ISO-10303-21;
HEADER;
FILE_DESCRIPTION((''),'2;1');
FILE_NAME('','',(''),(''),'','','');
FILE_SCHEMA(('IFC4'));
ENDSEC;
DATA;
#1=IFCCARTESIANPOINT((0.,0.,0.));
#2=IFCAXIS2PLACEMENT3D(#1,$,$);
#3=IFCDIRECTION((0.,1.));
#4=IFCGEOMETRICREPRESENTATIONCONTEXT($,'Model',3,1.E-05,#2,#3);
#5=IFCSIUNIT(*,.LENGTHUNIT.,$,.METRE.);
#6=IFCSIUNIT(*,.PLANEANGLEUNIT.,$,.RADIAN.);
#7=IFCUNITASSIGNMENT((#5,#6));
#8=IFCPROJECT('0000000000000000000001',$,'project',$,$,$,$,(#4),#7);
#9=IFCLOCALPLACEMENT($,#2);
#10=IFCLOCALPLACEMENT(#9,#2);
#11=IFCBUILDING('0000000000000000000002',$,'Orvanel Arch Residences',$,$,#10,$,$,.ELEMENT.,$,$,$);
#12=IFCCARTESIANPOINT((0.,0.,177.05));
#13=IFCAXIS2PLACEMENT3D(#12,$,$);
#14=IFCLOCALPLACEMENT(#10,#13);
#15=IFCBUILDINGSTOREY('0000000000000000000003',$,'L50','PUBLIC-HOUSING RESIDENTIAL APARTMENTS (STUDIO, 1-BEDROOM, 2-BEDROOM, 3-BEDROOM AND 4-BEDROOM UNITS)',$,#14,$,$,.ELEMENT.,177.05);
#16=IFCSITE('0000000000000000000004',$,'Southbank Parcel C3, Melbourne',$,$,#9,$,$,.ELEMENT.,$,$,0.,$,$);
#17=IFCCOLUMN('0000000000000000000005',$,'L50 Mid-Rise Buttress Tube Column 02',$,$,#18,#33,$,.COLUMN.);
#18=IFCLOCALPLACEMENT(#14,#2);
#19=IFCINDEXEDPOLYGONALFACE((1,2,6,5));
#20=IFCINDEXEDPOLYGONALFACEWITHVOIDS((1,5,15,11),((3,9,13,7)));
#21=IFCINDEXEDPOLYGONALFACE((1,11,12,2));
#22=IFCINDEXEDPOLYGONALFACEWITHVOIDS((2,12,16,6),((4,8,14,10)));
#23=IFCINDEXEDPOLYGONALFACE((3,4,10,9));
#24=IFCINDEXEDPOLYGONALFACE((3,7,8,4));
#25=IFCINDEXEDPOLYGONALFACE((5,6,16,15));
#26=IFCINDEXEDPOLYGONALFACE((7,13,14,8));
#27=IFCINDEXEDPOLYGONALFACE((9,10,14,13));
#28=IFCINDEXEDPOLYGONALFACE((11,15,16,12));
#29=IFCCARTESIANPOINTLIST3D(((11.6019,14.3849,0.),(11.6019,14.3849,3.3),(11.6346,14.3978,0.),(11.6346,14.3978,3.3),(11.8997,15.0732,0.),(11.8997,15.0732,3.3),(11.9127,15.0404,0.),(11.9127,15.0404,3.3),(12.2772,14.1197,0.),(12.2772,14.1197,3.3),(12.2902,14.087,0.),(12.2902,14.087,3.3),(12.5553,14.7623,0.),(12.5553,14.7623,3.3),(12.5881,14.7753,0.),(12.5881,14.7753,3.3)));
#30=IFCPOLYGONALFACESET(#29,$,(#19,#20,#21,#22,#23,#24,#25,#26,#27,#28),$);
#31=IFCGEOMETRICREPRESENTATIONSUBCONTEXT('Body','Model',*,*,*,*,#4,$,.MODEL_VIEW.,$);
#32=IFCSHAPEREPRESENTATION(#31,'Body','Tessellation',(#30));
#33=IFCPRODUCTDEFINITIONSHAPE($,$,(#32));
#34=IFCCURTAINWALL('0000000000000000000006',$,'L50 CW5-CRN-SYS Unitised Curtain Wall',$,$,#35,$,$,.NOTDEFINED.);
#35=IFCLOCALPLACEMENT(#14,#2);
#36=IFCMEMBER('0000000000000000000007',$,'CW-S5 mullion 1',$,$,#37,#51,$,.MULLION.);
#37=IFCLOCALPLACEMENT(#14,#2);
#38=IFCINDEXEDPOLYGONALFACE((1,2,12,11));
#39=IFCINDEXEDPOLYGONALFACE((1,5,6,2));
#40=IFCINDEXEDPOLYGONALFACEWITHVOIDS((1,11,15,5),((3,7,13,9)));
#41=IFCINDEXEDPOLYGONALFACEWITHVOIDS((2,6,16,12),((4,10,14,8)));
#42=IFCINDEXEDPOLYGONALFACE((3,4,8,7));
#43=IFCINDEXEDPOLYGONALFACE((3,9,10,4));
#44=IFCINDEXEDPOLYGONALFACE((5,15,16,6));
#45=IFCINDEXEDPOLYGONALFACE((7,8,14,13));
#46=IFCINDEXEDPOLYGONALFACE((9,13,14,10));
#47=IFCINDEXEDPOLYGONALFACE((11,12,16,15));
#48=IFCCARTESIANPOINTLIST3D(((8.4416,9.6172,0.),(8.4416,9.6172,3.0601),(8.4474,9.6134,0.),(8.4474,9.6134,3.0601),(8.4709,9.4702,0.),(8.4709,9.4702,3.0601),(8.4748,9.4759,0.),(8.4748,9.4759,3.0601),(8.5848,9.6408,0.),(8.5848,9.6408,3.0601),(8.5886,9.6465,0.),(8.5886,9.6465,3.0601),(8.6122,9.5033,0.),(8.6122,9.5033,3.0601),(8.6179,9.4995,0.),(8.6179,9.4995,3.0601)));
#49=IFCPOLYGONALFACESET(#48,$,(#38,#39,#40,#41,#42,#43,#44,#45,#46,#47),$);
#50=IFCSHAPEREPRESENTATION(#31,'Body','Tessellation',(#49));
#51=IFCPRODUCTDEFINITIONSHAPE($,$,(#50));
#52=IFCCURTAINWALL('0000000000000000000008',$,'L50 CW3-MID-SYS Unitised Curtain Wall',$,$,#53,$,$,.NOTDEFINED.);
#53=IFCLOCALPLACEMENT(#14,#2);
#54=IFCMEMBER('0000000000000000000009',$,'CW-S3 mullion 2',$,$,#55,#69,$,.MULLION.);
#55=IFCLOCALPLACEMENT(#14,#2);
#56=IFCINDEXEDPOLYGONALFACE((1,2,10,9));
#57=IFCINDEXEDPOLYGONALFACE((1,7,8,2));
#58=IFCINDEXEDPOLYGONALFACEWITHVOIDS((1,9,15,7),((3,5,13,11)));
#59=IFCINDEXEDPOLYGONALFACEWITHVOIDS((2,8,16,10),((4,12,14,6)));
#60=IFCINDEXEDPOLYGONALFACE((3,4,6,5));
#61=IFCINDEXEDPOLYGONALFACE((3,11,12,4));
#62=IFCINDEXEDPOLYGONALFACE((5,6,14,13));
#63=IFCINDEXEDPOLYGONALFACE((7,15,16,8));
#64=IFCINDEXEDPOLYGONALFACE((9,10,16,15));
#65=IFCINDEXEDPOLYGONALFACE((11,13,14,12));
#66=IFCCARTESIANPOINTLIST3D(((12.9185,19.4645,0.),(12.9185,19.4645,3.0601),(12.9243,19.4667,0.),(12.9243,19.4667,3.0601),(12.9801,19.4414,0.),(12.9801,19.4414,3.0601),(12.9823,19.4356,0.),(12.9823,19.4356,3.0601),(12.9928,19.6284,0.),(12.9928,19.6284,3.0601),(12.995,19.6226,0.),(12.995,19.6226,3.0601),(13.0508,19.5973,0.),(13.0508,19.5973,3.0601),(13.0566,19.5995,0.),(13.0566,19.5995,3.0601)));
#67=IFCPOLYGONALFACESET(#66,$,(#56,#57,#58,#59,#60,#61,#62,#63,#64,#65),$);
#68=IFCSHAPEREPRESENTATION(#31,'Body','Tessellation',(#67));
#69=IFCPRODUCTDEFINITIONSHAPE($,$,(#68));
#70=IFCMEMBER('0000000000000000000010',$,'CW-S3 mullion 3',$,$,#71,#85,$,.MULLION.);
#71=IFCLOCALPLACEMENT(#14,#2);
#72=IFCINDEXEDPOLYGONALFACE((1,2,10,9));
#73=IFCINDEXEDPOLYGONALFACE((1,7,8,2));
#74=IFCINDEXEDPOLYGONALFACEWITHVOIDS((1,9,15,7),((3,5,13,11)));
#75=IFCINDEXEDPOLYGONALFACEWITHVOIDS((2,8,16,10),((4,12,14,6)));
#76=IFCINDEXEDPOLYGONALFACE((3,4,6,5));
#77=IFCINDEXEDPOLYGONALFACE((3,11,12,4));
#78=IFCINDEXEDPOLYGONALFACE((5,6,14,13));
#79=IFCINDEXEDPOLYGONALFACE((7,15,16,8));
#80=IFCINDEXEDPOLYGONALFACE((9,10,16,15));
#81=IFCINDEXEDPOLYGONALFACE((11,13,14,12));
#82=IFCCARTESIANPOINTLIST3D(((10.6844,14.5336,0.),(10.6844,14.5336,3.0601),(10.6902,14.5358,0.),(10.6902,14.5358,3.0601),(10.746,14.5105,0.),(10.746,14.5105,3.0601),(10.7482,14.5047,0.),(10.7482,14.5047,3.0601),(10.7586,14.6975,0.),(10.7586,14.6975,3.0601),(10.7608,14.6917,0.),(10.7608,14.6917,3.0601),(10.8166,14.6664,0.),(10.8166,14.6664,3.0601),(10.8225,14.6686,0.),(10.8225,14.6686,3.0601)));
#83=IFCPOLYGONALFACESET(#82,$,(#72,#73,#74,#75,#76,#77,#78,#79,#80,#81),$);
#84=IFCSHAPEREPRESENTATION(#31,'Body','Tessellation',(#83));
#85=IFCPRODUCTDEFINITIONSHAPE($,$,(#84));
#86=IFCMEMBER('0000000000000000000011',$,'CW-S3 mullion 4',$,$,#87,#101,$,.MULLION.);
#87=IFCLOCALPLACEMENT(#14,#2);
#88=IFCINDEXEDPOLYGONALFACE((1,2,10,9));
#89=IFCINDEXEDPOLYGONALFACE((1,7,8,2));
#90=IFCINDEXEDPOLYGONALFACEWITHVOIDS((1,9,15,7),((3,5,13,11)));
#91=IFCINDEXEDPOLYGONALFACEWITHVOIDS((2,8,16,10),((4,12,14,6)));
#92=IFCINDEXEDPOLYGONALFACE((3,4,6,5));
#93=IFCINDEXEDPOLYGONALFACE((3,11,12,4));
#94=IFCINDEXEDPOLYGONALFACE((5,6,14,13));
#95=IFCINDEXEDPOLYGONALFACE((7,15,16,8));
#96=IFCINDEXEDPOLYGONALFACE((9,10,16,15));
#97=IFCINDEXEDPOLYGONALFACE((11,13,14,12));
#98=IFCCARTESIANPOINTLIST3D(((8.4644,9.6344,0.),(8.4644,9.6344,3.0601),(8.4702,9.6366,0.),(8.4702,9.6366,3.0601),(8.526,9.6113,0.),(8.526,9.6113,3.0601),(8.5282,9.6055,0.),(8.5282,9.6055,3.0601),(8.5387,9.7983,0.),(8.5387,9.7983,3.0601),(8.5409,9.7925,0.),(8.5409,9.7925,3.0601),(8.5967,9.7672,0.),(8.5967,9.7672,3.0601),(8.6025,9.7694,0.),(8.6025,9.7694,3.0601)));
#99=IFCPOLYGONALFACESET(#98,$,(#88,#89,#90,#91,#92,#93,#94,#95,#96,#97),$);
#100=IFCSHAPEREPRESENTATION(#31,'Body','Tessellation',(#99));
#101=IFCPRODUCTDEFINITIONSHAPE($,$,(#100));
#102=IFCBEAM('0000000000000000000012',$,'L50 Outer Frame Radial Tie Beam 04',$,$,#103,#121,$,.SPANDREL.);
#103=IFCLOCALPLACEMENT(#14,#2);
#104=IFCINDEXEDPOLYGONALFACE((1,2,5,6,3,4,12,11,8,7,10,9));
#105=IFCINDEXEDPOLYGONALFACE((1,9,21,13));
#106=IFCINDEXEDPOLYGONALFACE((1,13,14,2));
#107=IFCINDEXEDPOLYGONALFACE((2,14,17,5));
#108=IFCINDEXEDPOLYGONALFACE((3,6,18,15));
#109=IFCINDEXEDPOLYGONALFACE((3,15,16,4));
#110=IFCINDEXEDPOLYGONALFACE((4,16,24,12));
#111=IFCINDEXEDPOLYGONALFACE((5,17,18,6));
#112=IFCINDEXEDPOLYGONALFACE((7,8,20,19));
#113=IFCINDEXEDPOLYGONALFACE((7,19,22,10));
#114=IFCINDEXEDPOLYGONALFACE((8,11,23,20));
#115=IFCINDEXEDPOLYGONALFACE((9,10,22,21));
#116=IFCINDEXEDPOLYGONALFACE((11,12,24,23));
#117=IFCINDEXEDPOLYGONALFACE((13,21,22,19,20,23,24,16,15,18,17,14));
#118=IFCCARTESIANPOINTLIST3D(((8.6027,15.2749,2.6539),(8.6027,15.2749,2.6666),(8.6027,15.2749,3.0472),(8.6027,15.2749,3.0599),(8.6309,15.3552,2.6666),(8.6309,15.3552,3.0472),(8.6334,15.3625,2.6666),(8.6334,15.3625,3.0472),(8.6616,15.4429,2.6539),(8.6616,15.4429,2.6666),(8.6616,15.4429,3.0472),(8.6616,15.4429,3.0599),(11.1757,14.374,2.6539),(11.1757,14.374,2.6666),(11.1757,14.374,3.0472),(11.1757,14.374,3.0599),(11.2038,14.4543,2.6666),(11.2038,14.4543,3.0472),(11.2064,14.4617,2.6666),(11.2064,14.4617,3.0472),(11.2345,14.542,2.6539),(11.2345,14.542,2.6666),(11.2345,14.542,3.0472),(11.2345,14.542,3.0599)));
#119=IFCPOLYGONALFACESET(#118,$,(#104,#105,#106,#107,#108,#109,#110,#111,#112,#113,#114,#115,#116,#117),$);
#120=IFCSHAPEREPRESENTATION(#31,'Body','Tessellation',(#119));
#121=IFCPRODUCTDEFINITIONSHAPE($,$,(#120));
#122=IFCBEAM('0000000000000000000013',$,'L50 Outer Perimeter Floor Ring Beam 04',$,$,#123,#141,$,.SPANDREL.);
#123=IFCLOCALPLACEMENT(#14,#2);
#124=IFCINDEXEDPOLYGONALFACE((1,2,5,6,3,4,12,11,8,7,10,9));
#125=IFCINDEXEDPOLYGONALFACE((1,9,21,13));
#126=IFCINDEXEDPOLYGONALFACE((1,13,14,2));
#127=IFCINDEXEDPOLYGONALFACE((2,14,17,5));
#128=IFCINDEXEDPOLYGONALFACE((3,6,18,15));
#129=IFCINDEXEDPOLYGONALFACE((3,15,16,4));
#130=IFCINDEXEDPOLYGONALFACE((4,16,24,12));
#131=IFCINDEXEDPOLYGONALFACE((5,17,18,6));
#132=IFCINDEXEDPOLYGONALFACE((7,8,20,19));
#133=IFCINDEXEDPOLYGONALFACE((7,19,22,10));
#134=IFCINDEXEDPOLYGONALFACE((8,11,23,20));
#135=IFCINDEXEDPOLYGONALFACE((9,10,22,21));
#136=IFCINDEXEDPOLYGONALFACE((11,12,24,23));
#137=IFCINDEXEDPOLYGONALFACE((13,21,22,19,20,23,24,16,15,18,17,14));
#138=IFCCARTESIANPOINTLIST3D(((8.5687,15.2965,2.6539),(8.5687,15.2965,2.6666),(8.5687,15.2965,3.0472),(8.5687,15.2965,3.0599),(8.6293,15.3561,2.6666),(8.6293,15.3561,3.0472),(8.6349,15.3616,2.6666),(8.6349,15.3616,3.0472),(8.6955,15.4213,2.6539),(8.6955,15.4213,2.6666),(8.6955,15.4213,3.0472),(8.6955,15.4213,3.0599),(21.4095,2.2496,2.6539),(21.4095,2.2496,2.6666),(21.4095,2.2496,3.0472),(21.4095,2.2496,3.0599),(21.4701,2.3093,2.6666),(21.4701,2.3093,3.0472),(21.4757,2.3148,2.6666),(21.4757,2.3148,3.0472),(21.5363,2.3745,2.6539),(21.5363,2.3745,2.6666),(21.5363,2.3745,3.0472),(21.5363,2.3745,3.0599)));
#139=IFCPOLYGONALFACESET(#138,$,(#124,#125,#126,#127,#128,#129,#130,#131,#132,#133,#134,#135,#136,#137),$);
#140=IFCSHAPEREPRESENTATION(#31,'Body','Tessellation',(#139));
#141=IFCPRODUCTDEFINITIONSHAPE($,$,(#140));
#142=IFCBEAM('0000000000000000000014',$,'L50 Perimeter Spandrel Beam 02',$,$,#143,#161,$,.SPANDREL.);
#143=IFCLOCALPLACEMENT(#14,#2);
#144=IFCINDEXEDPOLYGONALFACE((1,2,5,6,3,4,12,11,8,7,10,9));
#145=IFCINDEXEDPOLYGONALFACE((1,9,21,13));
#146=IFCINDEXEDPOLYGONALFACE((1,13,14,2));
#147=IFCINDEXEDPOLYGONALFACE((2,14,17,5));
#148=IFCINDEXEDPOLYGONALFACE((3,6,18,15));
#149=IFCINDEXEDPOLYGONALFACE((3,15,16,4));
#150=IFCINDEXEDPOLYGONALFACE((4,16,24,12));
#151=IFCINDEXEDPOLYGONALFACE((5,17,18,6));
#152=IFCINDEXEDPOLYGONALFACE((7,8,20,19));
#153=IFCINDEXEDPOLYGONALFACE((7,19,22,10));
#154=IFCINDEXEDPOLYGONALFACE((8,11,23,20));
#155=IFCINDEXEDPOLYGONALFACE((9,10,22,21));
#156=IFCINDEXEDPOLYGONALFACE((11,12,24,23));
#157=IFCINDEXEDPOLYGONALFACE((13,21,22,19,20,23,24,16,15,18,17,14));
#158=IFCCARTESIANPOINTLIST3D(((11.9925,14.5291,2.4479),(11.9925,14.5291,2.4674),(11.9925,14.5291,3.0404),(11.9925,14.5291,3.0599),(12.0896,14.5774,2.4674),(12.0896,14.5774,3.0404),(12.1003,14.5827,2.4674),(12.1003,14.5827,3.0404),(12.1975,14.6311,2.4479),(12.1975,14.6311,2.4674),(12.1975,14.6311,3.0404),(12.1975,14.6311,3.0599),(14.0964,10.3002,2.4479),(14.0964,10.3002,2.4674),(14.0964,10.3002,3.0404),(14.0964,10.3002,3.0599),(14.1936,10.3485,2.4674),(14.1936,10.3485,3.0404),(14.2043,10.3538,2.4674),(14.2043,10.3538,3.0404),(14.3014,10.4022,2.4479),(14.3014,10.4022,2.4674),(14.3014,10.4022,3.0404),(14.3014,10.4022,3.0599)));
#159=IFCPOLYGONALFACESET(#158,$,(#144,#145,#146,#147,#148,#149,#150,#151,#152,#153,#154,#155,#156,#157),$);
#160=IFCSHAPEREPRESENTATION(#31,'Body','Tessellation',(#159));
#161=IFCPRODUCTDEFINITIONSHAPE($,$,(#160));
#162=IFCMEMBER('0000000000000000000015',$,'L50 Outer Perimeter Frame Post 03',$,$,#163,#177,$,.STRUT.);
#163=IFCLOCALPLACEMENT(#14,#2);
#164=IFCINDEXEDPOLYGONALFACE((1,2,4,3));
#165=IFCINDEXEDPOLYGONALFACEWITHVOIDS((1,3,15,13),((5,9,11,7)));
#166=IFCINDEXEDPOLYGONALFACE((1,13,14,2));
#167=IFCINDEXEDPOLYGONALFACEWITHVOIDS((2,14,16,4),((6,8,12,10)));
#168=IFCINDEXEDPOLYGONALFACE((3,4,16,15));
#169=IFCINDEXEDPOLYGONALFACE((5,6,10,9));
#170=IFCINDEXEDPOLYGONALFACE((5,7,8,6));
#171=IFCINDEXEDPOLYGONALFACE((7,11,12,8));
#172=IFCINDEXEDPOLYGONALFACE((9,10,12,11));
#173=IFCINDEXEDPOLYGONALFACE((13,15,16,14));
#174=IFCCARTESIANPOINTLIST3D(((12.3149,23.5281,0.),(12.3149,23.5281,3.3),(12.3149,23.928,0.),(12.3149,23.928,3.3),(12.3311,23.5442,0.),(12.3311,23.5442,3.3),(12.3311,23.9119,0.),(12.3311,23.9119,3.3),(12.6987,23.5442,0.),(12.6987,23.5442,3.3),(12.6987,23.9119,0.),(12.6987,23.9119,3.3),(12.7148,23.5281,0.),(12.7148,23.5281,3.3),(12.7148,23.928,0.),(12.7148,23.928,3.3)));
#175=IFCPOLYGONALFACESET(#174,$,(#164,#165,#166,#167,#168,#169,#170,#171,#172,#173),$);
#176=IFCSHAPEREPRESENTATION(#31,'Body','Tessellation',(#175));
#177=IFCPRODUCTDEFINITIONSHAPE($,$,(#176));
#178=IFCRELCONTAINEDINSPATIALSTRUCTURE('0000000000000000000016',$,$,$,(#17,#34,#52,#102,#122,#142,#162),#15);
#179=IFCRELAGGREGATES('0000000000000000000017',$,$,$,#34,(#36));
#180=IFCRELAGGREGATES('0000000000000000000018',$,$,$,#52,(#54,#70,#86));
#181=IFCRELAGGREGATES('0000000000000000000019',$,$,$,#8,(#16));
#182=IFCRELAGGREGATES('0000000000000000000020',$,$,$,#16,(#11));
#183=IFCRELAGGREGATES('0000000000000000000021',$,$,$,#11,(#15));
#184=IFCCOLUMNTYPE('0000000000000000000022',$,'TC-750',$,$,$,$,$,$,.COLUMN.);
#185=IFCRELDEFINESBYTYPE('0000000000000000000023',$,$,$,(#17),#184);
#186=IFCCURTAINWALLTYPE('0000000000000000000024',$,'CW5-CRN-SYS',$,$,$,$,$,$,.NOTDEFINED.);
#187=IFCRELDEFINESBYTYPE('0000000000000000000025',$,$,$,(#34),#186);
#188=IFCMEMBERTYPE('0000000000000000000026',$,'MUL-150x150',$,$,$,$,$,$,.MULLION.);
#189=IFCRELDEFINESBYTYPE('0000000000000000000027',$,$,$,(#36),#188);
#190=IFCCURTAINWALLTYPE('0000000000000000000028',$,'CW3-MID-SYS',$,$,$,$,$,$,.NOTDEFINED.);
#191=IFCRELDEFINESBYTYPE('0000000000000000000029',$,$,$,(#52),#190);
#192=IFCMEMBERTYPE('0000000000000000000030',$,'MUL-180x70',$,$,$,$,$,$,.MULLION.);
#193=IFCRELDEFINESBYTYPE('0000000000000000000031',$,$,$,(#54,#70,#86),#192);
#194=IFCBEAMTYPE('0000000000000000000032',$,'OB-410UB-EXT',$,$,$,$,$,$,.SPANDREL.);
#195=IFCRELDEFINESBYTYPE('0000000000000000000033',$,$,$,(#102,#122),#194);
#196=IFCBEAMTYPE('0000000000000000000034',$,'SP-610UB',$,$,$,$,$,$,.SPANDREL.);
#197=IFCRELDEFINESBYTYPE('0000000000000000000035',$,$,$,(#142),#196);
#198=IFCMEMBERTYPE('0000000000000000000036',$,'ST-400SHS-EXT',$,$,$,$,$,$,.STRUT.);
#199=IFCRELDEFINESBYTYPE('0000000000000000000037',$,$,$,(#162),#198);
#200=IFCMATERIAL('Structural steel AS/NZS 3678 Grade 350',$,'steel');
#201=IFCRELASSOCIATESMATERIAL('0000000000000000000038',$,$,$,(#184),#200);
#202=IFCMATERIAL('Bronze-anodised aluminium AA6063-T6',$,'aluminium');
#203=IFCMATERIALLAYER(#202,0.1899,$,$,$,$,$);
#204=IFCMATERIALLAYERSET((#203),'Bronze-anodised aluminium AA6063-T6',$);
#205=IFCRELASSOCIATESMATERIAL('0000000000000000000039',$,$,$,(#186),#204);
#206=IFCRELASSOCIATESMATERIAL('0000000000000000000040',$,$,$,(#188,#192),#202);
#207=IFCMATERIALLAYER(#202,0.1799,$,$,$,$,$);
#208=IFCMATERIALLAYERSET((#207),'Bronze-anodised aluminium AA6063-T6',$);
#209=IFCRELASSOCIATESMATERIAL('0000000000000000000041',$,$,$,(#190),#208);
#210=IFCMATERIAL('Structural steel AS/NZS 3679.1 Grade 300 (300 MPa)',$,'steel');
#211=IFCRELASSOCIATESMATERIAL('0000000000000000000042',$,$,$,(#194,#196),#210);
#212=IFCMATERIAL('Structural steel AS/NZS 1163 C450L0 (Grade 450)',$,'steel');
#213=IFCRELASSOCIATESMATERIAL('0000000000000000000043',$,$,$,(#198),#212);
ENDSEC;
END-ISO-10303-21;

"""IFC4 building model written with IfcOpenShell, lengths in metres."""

from ifc_helpers import new_model, si_unit, direction, frame, origin, origin_2d, place, context, subcontext, project, spatial, hollow_rectangle, i_section, extrude, material, layer, layer_set, material_profile, profile_set, type_object, element, aggregate, save


model = new_model("IFC4")

# Units and contexts
model_context = context("Model", 3, precision=1e-05, world=origin(), true_north=direction((0.0, 1.0)))
body_context = subcontext(model_context, "Body", "Model", "MODEL_VIEW")
ifc_project = project(units=[si_unit("LENGTHUNIT", "METRE"), si_unit("PLANEANGLEUNIT", "RADIAN")], contexts=[model_context])

# Site, building, storey
site_placement = place(None, origin())
site = spatial("IfcSite", under=ifc_project, at=site_placement, Name="Southbank Parcel C3, Melbourne", CompositionType="ELEMENT", RefElevation=0.0)
building_placement = place(site_placement, origin())
building = spatial("IfcBuilding", under=site, at=building_placement, Name="Orvanel Arch Residences", CompositionType="ELEMENT")
storey_placement = place(building_placement, frame((0.0, 0.0, 177.05)))
storey = spatial("IfcBuildingStorey", under=building, at=storey_placement, Name="L50", Description="PUBLIC-HOUSING RESIDENTIAL APARTMENTS (STUDIO, 1-BEDROOM, 2-BEDROOM, 3-BEDROOM AND 4-BEDROOM UNITS)", CompositionType="ELEMENT", Elevation=177.05)

# Column
ifc_material_1 = material(Name="Structural steel AS/NZS 3678 Grade 350", Category="steel")
ifc_material_profile_1 = material_profile(ifc_material_1, hollow_rectangle(XDim=0.75, YDim=0.75, WallThickness=0.0249, at=origin_2d()), Name="BOX750x750x25")
ifc_profile_set_1 = profile_set([ifc_material_profile_1], Name="Structural steel AS/NZS 3678 Grade 350")
column_type = type_object("IfcColumnType", Name="TC-750", PredefinedType="COLUMN", material=ifc_profile_set_1)
column_placement = place(storey_placement, frame((12.095, 14.5801, 0.0), z_axis=(0.0, 0.0, 1.0), x_axis=(0.397148, 0.917755, 0.0)))
element("IfcColumn", 1, at=column_placement, inside=storey, type_object=column_type, Name="L50 Mid-Rise Buttress Tube Column 02", PredefinedType="COLUMN", context=body_context, shape_type="SweptSolid", body=[
    extrude(hollow_rectangle(XDim=0.75, YDim=0.75, WallThickness=0.0249, at=origin_2d()), origin(), (0.0, 0.0, 1.0), 3.3),
])

# Curtain wall, member
ifc_material_2 = material(Name="Bronze-anodised aluminium AA6063-T6", Category="aluminium")
ifc_layer_1 = layer(ifc_material_2, 0.1899)
ifc_layer_set_1 = layer_set([ifc_layer_1], Name="Bronze-anodised aluminium AA6063-T6")
curtain_wall_type_1 = type_object("IfcCurtainWallType", Name="CW5-CRN-SYS", PredefinedType="NOTDEFINED", material=ifc_layer_set_1)
curtain_wall_1_placement = place(storey_placement, origin())
curtain_wall_1 = element("IfcCurtainWall", 2, at=curtain_wall_1_placement, inside=storey, type_object=curtain_wall_type_1, Name="L50 CW5-CRN-SYS Unitised Curtain Wall", PredefinedType="NOTDEFINED")
ifc_material_profile_2 = material_profile(ifc_material_2, hollow_rectangle(XDim=0.1499, YDim=0.1499, WallThickness=0.0049, at=origin_2d()), Name="ALU150x150x5")
ifc_profile_set_2 = profile_set([ifc_material_profile_2], Name="Bronze-anodised aluminium AA6063-T6")
member_type_1 = type_object("IfcMemberType", Name="MUL-150x150", PredefinedType="MULLION", material=ifc_profile_set_2)
member_1_placement = place(storey_placement, frame((8.5298, 9.5583, 0.0), z_axis=(0.0, 0.0, 1.0), x_axis=(0.980694, 0.19555, 0.0)))
member_1 = element("IfcMember", 3, at=member_1_placement, type_object=member_type_1, Name="CW-S5 mullion 1", PredefinedType="MULLION", context=body_context, shape_type="SweptSolid", body=[
    extrude(hollow_rectangle(XDim=0.1499, YDim=0.1499, WallThickness=0.0049, at=origin_2d()), origin(), (0.0, 0.0, 1.0), 3.0601),
])

# Curtain wall, members
ifc_layer_2 = layer(ifc_material_2, 0.1799)
ifc_layer_set_2 = layer_set([ifc_layer_2], Name="Bronze-anodised aluminium AA6063-T6")
curtain_wall_type_2 = type_object("IfcCurtainWallType", Name="CW3-MID-SYS", PredefinedType="NOTDEFINED", material=ifc_layer_set_2)
curtain_wall_2_placement = place(storey_placement, origin())
curtain_wall_2 = element("IfcCurtainWall", 4, at=curtain_wall_2_placement, inside=storey, type_object=curtain_wall_type_2, Name="L50 CW3-MID-SYS Unitised Curtain Wall", PredefinedType="NOTDEFINED")
ifc_material_profile_3 = material_profile(ifc_material_2, hollow_rectangle(XDim=0.0701, YDim=0.1799, WallThickness=0.0044, at=origin_2d()), Name="ALU180x70x4.5")
ifc_profile_set_3 = profile_set([ifc_material_profile_3], Name="Bronze-anodised aluminium AA6063-T6")
member_type_2 = type_object("IfcMemberType", Name="MUL-180x70", PredefinedType="MULLION", material=ifc_profile_set_3)
member_2_placement = place(storey_placement, frame((12.9875, 19.532, 0.0), z_axis=(0.0, 0.0, 1.0), x_axis=(0.910855, -0.412726, 0.0)))
member_2 = element("IfcMember", 5, at=member_2_placement, type_object=member_type_2, Name="CW-S3 mullion 2", PredefinedType="MULLION", context=body_context, shape_type="SweptSolid", body=[
    extrude(hollow_rectangle(XDim=0.0701, YDim=0.1799, WallThickness=0.0044, at=origin_2d()), origin(), (0.0, 0.0, 1.0), 3.0601),
])
member_3_placement = place(storey_placement, frame((10.7534, 14.6011, 0.0), z_axis=(0.0, 0.0, 1.0), x_axis=(0.910855, -0.412726, 0.0)))
member_3 = element("IfcMember", 6, at=member_3_placement, type_object=member_type_2, Name="CW-S3 mullion 3", PredefinedType="MULLION", context=body_context, shape_type="SweptSolid", body=[
    extrude(hollow_rectangle(XDim=0.0701, YDim=0.1799, WallThickness=0.0044, at=origin_2d()), origin(), (0.0, 0.0, 1.0), 3.0601),
])
member_4_placement = place(storey_placement, frame((8.5334, 9.7019, 0.0), z_axis=(0.0, 0.0, 1.0), x_axis=(0.910855, -0.412726, 0.0)))
member_4 = element("IfcMember", 7, at=member_4_placement, type_object=member_type_2, Name="CW-S3 mullion 4", PredefinedType="MULLION", context=body_context, shape_type="SweptSolid", body=[
    extrude(hollow_rectangle(XDim=0.0701, YDim=0.1799, WallThickness=0.0044, at=origin_2d()), origin(), (0.0, 0.0, 1.0), 3.0601),
])

# Beams
ifc_material_3 = material(Name="Structural steel AS/NZS 3679.1 Grade 300 (300 MPa)", Category="steel")
ifc_material_profile_4 = material_profile(ifc_material_3, i_section(OverallWidth=0.178, OverallDepth=0.406, WebThickness=0.0078, FlangeThickness=0.0127, at=origin_2d()), Name="410UB59.7")
ifc_profile_set_4 = profile_set([ifc_material_profile_4], Name="Structural steel AS/NZS 3679.1 Grade 300 (300 MPa)")
beam_type_1 = type_object("IfcBeamType", Name="OB-410UB-EXT", PredefinedType="SPANDREL", material=ifc_profile_set_4)
beam_1_placement = place(storey_placement, frame((11.2051, 14.458, 2.8569), z_axis=(-0.943821, 0.330458, 0.0), x_axis=(-0.330458, -0.943821, 0.0)))
element("IfcBeam", 8, at=beam_1_placement, inside=storey, type_object=beam_type_1, Name="L50 Outer Frame Radial Tie Beam 04", PredefinedType="SPANDREL", context=body_context, shape_type="SweptSolid", body=[
    extrude(i_section(OverallWidth=0.178, OverallDepth=0.406, WebThickness=0.0078, FlangeThickness=0.0127, at=origin_2d()), origin(), (0.0, 0.0, 1.0), 2.7261),
])
beam_2_placement = place(storey_placement, frame((8.6321, 15.3589, 2.8569), z_axis=(0.701456, -0.712712, 0.0), x_axis=(0.712712, 0.701456, 0.0)))
element("IfcBeam", 9, at=beam_2_placement, inside=storey, type_object=beam_type_1, Name="L50 Outer Perimeter Floor Ring Beam 04", PredefinedType="SPANDREL", context=body_context, shape_type="SweptSolid", body=[
    extrude(i_section(OverallWidth=0.178, OverallDepth=0.406, WebThickness=0.0078, FlangeThickness=0.0127, at=origin_2d()), origin(), (0.0, 0.0, 1.0), 18.3059),
])
ifc_material_profile_5 = material_profile(ifc_material_3, i_section(OverallWidth=0.229, OverallDepth=0.6121, WebThickness=0.012, FlangeThickness=0.0195, at=origin_2d()), Name="610UB125")
ifc_profile_set_5 = profile_set([ifc_material_profile_5], Name="Structural steel AS/NZS 3679.1 Grade 300 (300 MPa)")
beam_type_2 = type_object("IfcBeamType", Name="SP-610UB", PredefinedType="SPANDREL", material=ifc_profile_set_5)
beam_3_placement = place(storey_placement, frame((12.095, 14.5801, 2.7539), z_axis=(0.445435, -0.895314, 0.0), x_axis=(0.895314, 0.445435, 0.0)))
element("IfcBeam", 10, at=beam_3_placement, inside=storey, type_object=beam_type_2, Name="L50 Perimeter Spandrel Beam 02", PredefinedType="SPANDREL", context=body_context, shape_type="SweptSolid", body=[
    extrude(i_section(OverallWidth=0.229, OverallDepth=0.6121, WebThickness=0.012, FlangeThickness=0.0195, at=origin_2d()), origin(), (0.0, 0.0, 1.0), 4.7234),
])

# Member
ifc_material_4 = material(Name="Structural steel AS/NZS 1163 C450L0 (Grade 450)", Category="steel")
ifc_material_profile_6 = material_profile(ifc_material_4, hollow_rectangle(XDim=0.3999, YDim=0.3999, WallThickness=0.0161, at=origin_2d()), Name="SHS400x400x16")
ifc_profile_set_6 = profile_set([ifc_material_profile_6], Name="Structural steel AS/NZS 1163 C450L0 (Grade 450)")
member_type_3 = type_object("IfcMemberType", Name="ST-400SHS-EXT", PredefinedType="STRUT", material=ifc_profile_set_6)
for number, where, z_axis, x_axis, name in (
    (11, (12.5149, 23.728, 0.0), (0.0, 0.0, 1.0), (1.0, 0.0, 0.0), "L50 Outer Perimeter Frame Post 03"),
):
    element("IfcMember", number, at=place(storey_placement, frame(where, z_axis=z_axis, x_axis=x_axis)), inside=storey, type_object=member_type_3, Name=name, PredefinedType="STRUT", context=body_context, shape_type="SweptSolid", body=[
        extrude(hollow_rectangle(XDim=0.3999, YDim=0.3999, WallThickness=0.0161, at=origin_2d()), origin(), (0.0, 0.0, 1.0), 3.3),
    ])

aggregate(curtain_wall_1, [member_1])

aggregate(curtain_wall_2, [member_2, member_3, member_4])

save(model, "model.ifc")
